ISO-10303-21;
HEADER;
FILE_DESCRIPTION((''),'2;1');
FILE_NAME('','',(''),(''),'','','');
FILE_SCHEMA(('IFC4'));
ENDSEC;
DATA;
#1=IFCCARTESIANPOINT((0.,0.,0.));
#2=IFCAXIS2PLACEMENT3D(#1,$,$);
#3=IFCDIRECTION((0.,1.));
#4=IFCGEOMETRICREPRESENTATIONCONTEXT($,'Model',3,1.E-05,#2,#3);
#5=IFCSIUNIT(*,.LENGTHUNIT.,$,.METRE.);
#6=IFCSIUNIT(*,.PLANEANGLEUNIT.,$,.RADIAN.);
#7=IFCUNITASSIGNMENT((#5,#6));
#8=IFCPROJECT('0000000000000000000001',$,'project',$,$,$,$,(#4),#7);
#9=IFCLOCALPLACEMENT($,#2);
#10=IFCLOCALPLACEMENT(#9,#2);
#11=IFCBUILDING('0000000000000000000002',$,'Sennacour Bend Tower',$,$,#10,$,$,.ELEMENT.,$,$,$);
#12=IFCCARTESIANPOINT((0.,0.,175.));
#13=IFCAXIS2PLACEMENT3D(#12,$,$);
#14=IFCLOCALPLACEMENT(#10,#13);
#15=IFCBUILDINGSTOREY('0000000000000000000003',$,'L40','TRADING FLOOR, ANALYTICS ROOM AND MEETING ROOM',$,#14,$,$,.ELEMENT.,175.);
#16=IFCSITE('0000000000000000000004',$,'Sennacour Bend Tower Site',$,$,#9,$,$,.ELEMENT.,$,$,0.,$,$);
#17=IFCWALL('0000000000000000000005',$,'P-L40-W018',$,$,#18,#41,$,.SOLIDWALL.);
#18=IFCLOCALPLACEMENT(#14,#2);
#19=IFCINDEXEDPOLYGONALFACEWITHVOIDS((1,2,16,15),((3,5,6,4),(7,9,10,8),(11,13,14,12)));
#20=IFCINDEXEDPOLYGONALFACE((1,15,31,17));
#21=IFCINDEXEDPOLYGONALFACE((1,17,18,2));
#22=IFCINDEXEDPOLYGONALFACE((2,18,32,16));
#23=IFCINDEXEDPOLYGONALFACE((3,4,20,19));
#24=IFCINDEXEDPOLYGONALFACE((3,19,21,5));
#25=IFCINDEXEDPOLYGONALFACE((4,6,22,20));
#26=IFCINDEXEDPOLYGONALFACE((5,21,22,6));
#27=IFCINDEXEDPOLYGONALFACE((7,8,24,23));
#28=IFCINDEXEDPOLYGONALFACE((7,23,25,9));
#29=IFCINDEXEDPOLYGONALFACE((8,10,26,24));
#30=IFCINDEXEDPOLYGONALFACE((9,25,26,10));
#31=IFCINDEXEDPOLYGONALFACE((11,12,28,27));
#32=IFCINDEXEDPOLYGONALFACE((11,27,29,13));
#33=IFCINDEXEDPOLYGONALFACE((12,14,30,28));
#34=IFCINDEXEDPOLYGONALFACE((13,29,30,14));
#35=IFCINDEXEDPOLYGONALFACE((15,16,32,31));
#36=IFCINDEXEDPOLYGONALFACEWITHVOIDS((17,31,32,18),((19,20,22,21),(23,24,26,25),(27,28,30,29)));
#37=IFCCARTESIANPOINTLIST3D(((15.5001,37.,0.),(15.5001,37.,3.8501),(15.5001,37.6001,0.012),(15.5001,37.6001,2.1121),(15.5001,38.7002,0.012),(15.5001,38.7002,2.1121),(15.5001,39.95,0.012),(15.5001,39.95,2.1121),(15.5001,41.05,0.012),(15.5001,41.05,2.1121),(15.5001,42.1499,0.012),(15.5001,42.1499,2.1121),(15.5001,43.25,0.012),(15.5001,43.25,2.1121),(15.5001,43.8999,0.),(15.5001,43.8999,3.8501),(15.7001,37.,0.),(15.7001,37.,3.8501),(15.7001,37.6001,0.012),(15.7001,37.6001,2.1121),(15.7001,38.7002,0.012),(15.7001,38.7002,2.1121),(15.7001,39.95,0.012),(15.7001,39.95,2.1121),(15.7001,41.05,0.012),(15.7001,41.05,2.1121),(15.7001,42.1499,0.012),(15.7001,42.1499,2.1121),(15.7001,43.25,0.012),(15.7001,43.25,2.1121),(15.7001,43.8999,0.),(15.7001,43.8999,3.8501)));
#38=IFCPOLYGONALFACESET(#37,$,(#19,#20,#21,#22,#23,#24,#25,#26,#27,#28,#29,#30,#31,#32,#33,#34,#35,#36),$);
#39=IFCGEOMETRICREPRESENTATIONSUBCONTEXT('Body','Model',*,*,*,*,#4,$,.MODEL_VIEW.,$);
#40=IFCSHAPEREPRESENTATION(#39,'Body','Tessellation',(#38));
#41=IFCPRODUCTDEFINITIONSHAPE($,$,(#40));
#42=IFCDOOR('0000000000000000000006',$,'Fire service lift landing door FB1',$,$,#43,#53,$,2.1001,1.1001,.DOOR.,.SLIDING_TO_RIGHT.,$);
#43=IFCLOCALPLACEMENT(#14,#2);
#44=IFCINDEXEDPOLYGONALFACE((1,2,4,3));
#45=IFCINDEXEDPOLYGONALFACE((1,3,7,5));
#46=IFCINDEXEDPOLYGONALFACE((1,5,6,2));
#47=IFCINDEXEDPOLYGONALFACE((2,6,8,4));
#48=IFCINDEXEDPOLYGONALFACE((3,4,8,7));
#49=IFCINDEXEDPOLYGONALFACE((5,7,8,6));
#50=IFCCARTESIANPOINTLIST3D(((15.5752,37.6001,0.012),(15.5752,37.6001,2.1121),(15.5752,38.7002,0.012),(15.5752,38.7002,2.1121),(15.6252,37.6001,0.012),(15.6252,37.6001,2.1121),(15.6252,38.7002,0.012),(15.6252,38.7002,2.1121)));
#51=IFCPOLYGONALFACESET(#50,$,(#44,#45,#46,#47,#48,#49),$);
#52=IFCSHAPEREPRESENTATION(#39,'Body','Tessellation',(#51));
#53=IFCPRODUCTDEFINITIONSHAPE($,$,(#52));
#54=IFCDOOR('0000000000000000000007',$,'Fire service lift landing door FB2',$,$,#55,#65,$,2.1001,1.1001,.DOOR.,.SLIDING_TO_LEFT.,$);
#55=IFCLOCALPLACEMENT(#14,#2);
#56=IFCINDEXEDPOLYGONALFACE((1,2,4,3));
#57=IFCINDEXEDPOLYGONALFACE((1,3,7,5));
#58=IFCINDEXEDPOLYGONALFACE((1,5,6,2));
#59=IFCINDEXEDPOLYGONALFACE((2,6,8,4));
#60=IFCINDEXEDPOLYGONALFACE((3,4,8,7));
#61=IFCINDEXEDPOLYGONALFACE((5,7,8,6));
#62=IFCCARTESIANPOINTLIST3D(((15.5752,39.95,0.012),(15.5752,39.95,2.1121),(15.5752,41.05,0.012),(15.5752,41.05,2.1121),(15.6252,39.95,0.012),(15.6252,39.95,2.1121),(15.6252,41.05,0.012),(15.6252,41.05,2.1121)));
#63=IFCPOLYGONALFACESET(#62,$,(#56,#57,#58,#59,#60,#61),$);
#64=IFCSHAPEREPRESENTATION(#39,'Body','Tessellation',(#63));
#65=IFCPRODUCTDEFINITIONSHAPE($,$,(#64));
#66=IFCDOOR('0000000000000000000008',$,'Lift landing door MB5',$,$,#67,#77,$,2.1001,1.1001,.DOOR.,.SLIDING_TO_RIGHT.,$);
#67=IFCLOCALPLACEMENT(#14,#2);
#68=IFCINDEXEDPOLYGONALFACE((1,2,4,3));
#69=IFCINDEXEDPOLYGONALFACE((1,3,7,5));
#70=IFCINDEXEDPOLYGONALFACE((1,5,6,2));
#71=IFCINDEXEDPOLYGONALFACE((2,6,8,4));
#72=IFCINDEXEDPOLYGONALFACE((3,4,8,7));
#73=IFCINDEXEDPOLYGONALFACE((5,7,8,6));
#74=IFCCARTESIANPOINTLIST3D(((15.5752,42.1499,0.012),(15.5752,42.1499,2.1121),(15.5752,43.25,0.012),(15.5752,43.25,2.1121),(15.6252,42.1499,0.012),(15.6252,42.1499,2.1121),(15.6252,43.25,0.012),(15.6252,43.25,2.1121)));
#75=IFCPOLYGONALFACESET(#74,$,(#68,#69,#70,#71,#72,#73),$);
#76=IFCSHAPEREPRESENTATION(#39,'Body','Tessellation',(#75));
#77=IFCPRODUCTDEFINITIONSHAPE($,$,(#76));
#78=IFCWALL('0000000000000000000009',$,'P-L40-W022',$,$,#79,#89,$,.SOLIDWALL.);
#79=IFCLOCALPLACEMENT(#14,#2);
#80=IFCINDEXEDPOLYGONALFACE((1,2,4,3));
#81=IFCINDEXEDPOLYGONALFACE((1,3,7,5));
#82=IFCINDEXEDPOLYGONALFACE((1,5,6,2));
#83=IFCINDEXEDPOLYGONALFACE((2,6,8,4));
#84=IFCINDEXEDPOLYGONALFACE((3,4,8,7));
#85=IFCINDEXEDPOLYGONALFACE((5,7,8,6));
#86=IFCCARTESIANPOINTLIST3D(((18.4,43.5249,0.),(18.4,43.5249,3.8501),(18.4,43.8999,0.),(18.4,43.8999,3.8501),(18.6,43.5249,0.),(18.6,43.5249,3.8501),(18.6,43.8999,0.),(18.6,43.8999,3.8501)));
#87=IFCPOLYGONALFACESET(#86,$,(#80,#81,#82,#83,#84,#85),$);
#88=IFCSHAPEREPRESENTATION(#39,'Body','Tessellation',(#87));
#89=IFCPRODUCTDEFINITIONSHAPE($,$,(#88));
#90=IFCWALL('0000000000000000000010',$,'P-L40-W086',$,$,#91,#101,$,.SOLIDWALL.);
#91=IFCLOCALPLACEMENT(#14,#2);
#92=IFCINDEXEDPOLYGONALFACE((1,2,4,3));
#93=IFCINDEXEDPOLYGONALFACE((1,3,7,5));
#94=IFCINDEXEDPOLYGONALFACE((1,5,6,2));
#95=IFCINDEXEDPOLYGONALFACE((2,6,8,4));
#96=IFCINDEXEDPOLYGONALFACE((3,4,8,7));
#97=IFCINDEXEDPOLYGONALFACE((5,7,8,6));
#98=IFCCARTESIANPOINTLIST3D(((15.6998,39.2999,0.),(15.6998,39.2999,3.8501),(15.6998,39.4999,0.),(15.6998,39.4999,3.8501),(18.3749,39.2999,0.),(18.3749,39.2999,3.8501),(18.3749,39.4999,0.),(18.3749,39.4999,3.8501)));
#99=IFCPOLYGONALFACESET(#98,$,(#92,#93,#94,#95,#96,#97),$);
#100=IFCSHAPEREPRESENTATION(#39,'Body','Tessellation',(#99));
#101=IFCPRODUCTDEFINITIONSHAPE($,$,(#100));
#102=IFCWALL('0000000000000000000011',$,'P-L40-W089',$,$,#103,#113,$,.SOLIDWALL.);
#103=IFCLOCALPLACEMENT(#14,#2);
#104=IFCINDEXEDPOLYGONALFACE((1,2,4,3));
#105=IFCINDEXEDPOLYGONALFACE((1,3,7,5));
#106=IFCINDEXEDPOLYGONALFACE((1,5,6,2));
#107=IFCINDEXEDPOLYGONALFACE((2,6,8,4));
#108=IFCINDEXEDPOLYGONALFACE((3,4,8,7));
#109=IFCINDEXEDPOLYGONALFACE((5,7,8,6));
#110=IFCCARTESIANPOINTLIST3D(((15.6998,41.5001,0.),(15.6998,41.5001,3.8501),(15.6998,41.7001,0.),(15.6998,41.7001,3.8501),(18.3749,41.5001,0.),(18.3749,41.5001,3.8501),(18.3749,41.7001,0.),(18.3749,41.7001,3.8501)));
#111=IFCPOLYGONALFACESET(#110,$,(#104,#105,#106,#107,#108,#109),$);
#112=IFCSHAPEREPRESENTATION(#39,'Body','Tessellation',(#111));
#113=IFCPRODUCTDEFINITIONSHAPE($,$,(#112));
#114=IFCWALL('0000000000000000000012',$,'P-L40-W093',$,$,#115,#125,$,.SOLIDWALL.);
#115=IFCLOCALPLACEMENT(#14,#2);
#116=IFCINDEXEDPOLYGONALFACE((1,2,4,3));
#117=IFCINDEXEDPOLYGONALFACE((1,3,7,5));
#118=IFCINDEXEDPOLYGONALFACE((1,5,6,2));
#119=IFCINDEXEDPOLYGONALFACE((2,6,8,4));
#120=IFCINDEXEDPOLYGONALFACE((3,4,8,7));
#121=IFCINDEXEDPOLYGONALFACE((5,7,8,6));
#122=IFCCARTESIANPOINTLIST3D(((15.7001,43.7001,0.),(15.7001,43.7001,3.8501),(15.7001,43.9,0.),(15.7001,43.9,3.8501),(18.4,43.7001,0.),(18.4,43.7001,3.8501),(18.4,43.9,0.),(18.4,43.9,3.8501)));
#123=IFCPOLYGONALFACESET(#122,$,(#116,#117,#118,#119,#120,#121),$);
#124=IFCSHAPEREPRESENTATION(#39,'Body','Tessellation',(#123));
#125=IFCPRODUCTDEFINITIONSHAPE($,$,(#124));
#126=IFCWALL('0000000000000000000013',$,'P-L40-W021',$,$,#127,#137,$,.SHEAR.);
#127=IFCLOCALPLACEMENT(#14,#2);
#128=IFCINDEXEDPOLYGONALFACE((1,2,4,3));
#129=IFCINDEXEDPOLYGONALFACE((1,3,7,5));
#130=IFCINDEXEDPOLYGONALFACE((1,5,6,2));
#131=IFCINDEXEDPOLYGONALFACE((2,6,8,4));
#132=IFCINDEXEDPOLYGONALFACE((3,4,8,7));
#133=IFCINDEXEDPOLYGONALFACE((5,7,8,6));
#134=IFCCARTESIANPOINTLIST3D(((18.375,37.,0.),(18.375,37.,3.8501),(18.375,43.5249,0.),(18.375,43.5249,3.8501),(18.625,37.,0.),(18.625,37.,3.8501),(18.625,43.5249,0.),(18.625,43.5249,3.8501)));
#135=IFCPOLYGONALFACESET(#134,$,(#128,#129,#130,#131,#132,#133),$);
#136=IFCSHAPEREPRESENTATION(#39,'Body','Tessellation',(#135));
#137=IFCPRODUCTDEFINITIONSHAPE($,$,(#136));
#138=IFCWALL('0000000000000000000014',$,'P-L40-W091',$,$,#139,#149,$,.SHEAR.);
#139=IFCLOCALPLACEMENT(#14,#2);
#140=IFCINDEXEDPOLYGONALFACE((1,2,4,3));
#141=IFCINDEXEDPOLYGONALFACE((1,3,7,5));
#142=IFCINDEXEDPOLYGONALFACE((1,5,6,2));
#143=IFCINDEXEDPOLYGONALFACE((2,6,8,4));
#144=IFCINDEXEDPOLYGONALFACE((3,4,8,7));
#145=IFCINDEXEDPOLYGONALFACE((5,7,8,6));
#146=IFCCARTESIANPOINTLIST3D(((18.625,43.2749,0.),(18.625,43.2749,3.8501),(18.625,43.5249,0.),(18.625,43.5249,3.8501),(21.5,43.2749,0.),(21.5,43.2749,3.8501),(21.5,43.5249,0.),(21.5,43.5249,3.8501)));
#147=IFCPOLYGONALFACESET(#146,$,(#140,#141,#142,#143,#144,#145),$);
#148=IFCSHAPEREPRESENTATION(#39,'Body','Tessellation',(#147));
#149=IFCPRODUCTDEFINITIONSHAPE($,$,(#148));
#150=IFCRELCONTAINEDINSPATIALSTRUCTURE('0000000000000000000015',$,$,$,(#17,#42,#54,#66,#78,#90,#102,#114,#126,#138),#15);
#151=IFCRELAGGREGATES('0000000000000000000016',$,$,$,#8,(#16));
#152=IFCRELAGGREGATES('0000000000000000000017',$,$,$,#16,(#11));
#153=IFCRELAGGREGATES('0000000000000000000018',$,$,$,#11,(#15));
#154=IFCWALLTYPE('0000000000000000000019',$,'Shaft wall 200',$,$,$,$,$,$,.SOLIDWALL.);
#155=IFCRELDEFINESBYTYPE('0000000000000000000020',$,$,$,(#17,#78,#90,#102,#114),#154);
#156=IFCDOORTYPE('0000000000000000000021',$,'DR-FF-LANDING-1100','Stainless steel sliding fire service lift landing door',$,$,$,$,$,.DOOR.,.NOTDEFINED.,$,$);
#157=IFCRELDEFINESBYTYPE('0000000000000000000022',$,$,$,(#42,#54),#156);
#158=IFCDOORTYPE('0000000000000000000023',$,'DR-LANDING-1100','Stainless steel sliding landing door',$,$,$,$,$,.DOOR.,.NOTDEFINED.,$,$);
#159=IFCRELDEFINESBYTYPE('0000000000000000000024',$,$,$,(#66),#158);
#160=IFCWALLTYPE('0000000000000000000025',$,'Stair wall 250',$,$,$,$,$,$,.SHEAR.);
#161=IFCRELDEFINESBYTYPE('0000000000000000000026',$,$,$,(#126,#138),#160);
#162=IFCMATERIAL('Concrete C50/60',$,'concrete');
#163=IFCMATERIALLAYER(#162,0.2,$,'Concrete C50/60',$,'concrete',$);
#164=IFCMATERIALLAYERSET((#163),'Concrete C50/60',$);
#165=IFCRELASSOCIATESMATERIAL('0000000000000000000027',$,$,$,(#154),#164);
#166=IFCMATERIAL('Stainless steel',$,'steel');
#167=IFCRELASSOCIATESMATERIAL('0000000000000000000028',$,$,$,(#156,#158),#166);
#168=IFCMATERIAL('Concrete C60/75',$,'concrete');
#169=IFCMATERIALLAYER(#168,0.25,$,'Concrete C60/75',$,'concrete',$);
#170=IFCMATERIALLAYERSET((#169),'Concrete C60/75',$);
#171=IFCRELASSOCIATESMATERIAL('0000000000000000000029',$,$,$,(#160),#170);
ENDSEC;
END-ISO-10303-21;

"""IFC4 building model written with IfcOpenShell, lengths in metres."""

from ifc_helpers import new_model, si_unit, direction, frame, frame_2d, origin, place, context, subcontext, project, spatial, rectangle, extrude, material, layer, layer_set, type_object, element, fill, save


model = new_model("IFC4")

# Units and contexts
model_context = context("Model", 3, precision=1e-05, world=origin(), true_north=direction((0.0, 1.0)))
body_context = subcontext(model_context, "Body", "Model", "MODEL_VIEW")
ifc_project = project(units=[si_unit("LENGTHUNIT", "METRE"), si_unit("PLANEANGLEUNIT", "RADIAN")], contexts=[model_context])

# Site, building, storey
site_placement = place(None, origin())
site = spatial("IfcSite", under=ifc_project, at=site_placement, Name="Sennacour Bend Tower Site", CompositionType="ELEMENT", RefElevation=0.0)
building_placement = place(site_placement, origin())
building = spatial("IfcBuilding", under=site, at=building_placement, Name="Sennacour Bend Tower", CompositionType="ELEMENT")
storey_placement = place(building_placement, frame((0.0, 0.0, 175.0)))
storey = spatial("IfcBuildingStorey", under=building, at=storey_placement, Name="L40", Description="TRADING FLOOR, ANALYTICS ROOM AND MEETING ROOM", CompositionType="ELEMENT", Elevation=175.0)

# Wall, openings, doors
ifc_material_1 = material(Name="Concrete C50/60", Category="concrete")
ifc_layer_1 = layer(ifc_material_1, 0.2, Name="Concrete C50/60", Category="concrete")
ifc_layer_set_1 = layer_set([ifc_layer_1], Name="Concrete C50/60")
wall_type_1 = type_object("IfcWallType", Name="Shaft wall 200", PredefinedType="SOLIDWALL", material=ifc_layer_set_1)
wall_1_placement = place(storey_placement, frame((15.6001, 37.0, 0.0), z_axis=(0.0, 0.0, 1.0), x_axis=(0.0, 1.0, 0.0)))
wall_1 = element("IfcWall", 1, at=wall_1_placement, inside=storey, type_object=wall_type_1, Name="P-L40-W018", PredefinedType="SOLIDWALL", context=body_context, shape_type="SweptSolid", body=[
    extrude(rectangle(XDim=6.8999, YDim=0.2, at=frame_2d((3.45, 0.0))), origin(), (0.0, 0.0, 1.0), 3.8501),
])
opening_1_placement = place(wall_1_placement, frame((0.6001, 0.0, 0.012)))
opening_1 = element("IfcOpeningElement", 2, at=opening_1_placement, cuts=wall_1, PredefinedType="OPENING", context=body_context, shape_type="SweptSolid", body=[
    extrude(rectangle(XDim=1.1001, YDim=2.1001, at=frame_2d((0.55, 1.05))), frame((0.0, 0.1099, 0.0), z_axis=(0.0, -1.0, 0.0), x_axis=(1.0, 0.0, 0.0)), (0.0, 0.0, 1.0), 0.22),
])
opening_2_placement = place(wall_1_placement, frame((2.95, 0.0, 0.012)))
opening_2 = element("IfcOpeningElement", 3, at=opening_2_placement, cuts=wall_1, PredefinedType="OPENING", context=body_context, shape_type="SweptSolid", body=[
    extrude(rectangle(XDim=1.1001, YDim=2.1001, at=frame_2d((0.55, 1.05))), frame((0.0, 0.1099, 0.0), z_axis=(0.0, -1.0, 0.0), x_axis=(1.0, 0.0, 0.0)), (0.0, 0.0, 1.0), 0.22),
])
opening_3_placement = place(wall_1_placement, frame((5.1499, 0.0, 0.012)))
opening_3 = element("IfcOpeningElement", 4, at=opening_3_placement, cuts=wall_1, PredefinedType="OPENING", context=body_context, shape_type="SweptSolid", body=[
    extrude(rectangle(XDim=1.1001, YDim=2.1001, at=frame_2d((0.55, 1.05))), frame((0.0, 0.1099, 0.0), z_axis=(0.0, -1.0, 0.0), x_axis=(1.0, 0.0, 0.0)), (0.0, 0.0, 1.0), 0.22),
])
ifc_material_2 = material(Name="Stainless steel", Category="steel")
door_type_1 = type_object("IfcDoorType", Name="DR-FF-LANDING-1100", Description="Stainless steel sliding fire service lift landing door", OperationType="NOTDEFINED", PredefinedType="DOOR", material=ifc_material_2)
door_1_placement = place(opening_1_placement, origin())
door_1 = element("IfcDoor", 5, at=door_1_placement, inside=storey, type_object=door_type_1, Name="Fire service lift landing door FB1", OperationType="SLIDING_TO_RIGHT", OverallHeight=2.1001, OverallWidth=1.1001, PredefinedType="DOOR", context=body_context, shape_type="SweptSolid", body=[
    extrude(rectangle(XDim=1.1001, YDim=2.1001, at=frame_2d((0.55, 1.05))), frame((0.0, 0.0249, 0.0), z_axis=(0.0, -1.0, 0.0), x_axis=(1.0, 0.0, 0.0)), (0.0, 0.0, 1.0), 0.05),
])
fill(opening_1, door_1)
door_2_placement = place(opening_2_placement, origin())
door_2 = element("IfcDoor", 6, at=door_2_placement, inside=storey, type_object=door_type_1, Name="Fire service lift landing door FB2", OperationType="SLIDING_TO_LEFT", OverallHeight=2.1001, OverallWidth=1.1001, PredefinedType="DOOR", context=body_context, shape_type="SweptSolid", body=[
    extrude(rectangle(XDim=1.1001, YDim=2.1001, at=frame_2d((0.55, 1.05))), frame((0.0, 0.0249, 0.0), z_axis=(0.0, -1.0, 0.0), x_axis=(1.0, 0.0, 0.0)), (0.0, 0.0, 1.0), 0.05),
])
fill(opening_2, door_2)
door_type_2 = type_object("IfcDoorType", Name="DR-LANDING-1100", Description="Stainless steel sliding landing door", OperationType="NOTDEFINED", PredefinedType="DOOR", material=ifc_material_2)
door_3_placement = place(opening_3_placement, origin())
door_3 = element("IfcDoor", 7, at=door_3_placement, inside=storey, type_object=door_type_2, Name="Lift landing door MB5", OperationType="SLIDING_TO_RIGHT", OverallHeight=2.1001, OverallWidth=1.1001, PredefinedType="DOOR", context=body_context, shape_type="SweptSolid", body=[
    extrude(rectangle(XDim=1.1001, YDim=2.1001, at=frame_2d((0.55, 1.05))), frame((0.0, 0.0249, 0.0), z_axis=(0.0, -1.0, 0.0), x_axis=(1.0, 0.0, 0.0)), (0.0, 0.0, 1.0), 0.05),
])
fill(opening_3, door_3)

# Walls
wall_2_placement = place(storey_placement, frame((18.5, 43.5249, 0.0), z_axis=(0.0, 0.0, 1.0), x_axis=(0.0, 1.0, 0.0)))
element("IfcWall", 8, at=wall_2_placement, inside=storey, type_object=wall_type_1, Name="P-L40-W022", PredefinedType="SOLIDWALL", context=body_context, shape_type="SweptSolid", body=[
    extrude(rectangle(XDim=0.375, YDim=0.2, at=frame_2d((0.1875, 0.0))), origin(), (0.0, 0.0, 1.0), 3.8501),
])
for number, where, z_axis, x_axis, name in (
    (9, (15.7, 39.3999, 0.0), (0.0, 0.0, 1.0), (1.0, 0.0, 0.0), "P-L40-W086"),
    (10, (15.7, 41.6001, 0.0), (0.0, 0.0, 1.0), (1.0, 0.0, 0.0), "P-L40-W089"),
):
    element("IfcWall", number, at=place(storey_placement, frame(where, z_axis=z_axis, x_axis=x_axis)), inside=storey, type_object=wall_type_1, Name=name, PredefinedType="SOLIDWALL", context=body_context, shape_type="SweptSolid", body=[
        extrude(rectangle(XDim=2.675, YDim=0.2, at=frame_2d((1.3374, 0.0))), origin(), (0.0, 0.0, 1.0), 3.8501),
    ])
wall_3_placement = place(storey_placement, frame((15.7, 43.8, 0.0), z_axis=(0.0, 0.0, 1.0), x_axis=(1.0, 0.0, 0.0)))
element("IfcWall", 11, at=wall_3_placement, inside=storey, type_object=wall_type_1, Name="P-L40-W093", PredefinedType="SOLIDWALL", context=body_context, shape_type="SweptSolid", body=[
    extrude(rectangle(XDim=2.7, YDim=0.2, at=frame_2d((1.3501, 0.0))), origin(), (0.0, 0.0, 1.0), 3.8501),
])
ifc_material_3 = material(Name="Concrete C60/75", Category="concrete")
ifc_layer_2 = layer(ifc_material_3, 0.25, Name="Concrete C60/75", Category="concrete")
ifc_layer_set_2 = layer_set([ifc_layer_2], Name="Concrete C60/75")
wall_type_2 = type_object("IfcWallType", Name="Stair wall 250", PredefinedType="SHEAR", material=ifc_layer_set_2)
wall_4_placement = place(storey_placement, frame((18.5, 37.0, 0.0), z_axis=(0.0, 0.0, 1.0), x_axis=(0.0, 1.0, 0.0)))
element("IfcWall", 12, at=wall_4_placement, inside=storey, type_object=wall_type_2, Name="P-L40-W021", PredefinedType="SHEAR", context=body_context, shape_type="SweptSolid", body=[
    extrude(rectangle(XDim=6.5249, YDim=0.25, at=frame_2d((3.2625, 0.0))), origin(), (0.0, 0.0, 1.0), 3.8501),
])
wall_5_placement = place(storey_placement, frame((18.625, 43.3999, 0.0), z_axis=(0.0, 0.0, 1.0), x_axis=(1.0, 0.0, 0.0)))
element("IfcWall", 13, at=wall_5_placement, inside=storey, type_object=wall_type_2, Name="P-L40-W091", PredefinedType="SHEAR", context=body_context, shape_type="SweptSolid", body=[
    extrude(rectangle(XDim=2.875, YDim=0.25, at=frame_2d((1.4375, 0.0))), origin(), (0.0, 0.0, 1.0), 3.8501),
])

save(model, "model.ifc")
